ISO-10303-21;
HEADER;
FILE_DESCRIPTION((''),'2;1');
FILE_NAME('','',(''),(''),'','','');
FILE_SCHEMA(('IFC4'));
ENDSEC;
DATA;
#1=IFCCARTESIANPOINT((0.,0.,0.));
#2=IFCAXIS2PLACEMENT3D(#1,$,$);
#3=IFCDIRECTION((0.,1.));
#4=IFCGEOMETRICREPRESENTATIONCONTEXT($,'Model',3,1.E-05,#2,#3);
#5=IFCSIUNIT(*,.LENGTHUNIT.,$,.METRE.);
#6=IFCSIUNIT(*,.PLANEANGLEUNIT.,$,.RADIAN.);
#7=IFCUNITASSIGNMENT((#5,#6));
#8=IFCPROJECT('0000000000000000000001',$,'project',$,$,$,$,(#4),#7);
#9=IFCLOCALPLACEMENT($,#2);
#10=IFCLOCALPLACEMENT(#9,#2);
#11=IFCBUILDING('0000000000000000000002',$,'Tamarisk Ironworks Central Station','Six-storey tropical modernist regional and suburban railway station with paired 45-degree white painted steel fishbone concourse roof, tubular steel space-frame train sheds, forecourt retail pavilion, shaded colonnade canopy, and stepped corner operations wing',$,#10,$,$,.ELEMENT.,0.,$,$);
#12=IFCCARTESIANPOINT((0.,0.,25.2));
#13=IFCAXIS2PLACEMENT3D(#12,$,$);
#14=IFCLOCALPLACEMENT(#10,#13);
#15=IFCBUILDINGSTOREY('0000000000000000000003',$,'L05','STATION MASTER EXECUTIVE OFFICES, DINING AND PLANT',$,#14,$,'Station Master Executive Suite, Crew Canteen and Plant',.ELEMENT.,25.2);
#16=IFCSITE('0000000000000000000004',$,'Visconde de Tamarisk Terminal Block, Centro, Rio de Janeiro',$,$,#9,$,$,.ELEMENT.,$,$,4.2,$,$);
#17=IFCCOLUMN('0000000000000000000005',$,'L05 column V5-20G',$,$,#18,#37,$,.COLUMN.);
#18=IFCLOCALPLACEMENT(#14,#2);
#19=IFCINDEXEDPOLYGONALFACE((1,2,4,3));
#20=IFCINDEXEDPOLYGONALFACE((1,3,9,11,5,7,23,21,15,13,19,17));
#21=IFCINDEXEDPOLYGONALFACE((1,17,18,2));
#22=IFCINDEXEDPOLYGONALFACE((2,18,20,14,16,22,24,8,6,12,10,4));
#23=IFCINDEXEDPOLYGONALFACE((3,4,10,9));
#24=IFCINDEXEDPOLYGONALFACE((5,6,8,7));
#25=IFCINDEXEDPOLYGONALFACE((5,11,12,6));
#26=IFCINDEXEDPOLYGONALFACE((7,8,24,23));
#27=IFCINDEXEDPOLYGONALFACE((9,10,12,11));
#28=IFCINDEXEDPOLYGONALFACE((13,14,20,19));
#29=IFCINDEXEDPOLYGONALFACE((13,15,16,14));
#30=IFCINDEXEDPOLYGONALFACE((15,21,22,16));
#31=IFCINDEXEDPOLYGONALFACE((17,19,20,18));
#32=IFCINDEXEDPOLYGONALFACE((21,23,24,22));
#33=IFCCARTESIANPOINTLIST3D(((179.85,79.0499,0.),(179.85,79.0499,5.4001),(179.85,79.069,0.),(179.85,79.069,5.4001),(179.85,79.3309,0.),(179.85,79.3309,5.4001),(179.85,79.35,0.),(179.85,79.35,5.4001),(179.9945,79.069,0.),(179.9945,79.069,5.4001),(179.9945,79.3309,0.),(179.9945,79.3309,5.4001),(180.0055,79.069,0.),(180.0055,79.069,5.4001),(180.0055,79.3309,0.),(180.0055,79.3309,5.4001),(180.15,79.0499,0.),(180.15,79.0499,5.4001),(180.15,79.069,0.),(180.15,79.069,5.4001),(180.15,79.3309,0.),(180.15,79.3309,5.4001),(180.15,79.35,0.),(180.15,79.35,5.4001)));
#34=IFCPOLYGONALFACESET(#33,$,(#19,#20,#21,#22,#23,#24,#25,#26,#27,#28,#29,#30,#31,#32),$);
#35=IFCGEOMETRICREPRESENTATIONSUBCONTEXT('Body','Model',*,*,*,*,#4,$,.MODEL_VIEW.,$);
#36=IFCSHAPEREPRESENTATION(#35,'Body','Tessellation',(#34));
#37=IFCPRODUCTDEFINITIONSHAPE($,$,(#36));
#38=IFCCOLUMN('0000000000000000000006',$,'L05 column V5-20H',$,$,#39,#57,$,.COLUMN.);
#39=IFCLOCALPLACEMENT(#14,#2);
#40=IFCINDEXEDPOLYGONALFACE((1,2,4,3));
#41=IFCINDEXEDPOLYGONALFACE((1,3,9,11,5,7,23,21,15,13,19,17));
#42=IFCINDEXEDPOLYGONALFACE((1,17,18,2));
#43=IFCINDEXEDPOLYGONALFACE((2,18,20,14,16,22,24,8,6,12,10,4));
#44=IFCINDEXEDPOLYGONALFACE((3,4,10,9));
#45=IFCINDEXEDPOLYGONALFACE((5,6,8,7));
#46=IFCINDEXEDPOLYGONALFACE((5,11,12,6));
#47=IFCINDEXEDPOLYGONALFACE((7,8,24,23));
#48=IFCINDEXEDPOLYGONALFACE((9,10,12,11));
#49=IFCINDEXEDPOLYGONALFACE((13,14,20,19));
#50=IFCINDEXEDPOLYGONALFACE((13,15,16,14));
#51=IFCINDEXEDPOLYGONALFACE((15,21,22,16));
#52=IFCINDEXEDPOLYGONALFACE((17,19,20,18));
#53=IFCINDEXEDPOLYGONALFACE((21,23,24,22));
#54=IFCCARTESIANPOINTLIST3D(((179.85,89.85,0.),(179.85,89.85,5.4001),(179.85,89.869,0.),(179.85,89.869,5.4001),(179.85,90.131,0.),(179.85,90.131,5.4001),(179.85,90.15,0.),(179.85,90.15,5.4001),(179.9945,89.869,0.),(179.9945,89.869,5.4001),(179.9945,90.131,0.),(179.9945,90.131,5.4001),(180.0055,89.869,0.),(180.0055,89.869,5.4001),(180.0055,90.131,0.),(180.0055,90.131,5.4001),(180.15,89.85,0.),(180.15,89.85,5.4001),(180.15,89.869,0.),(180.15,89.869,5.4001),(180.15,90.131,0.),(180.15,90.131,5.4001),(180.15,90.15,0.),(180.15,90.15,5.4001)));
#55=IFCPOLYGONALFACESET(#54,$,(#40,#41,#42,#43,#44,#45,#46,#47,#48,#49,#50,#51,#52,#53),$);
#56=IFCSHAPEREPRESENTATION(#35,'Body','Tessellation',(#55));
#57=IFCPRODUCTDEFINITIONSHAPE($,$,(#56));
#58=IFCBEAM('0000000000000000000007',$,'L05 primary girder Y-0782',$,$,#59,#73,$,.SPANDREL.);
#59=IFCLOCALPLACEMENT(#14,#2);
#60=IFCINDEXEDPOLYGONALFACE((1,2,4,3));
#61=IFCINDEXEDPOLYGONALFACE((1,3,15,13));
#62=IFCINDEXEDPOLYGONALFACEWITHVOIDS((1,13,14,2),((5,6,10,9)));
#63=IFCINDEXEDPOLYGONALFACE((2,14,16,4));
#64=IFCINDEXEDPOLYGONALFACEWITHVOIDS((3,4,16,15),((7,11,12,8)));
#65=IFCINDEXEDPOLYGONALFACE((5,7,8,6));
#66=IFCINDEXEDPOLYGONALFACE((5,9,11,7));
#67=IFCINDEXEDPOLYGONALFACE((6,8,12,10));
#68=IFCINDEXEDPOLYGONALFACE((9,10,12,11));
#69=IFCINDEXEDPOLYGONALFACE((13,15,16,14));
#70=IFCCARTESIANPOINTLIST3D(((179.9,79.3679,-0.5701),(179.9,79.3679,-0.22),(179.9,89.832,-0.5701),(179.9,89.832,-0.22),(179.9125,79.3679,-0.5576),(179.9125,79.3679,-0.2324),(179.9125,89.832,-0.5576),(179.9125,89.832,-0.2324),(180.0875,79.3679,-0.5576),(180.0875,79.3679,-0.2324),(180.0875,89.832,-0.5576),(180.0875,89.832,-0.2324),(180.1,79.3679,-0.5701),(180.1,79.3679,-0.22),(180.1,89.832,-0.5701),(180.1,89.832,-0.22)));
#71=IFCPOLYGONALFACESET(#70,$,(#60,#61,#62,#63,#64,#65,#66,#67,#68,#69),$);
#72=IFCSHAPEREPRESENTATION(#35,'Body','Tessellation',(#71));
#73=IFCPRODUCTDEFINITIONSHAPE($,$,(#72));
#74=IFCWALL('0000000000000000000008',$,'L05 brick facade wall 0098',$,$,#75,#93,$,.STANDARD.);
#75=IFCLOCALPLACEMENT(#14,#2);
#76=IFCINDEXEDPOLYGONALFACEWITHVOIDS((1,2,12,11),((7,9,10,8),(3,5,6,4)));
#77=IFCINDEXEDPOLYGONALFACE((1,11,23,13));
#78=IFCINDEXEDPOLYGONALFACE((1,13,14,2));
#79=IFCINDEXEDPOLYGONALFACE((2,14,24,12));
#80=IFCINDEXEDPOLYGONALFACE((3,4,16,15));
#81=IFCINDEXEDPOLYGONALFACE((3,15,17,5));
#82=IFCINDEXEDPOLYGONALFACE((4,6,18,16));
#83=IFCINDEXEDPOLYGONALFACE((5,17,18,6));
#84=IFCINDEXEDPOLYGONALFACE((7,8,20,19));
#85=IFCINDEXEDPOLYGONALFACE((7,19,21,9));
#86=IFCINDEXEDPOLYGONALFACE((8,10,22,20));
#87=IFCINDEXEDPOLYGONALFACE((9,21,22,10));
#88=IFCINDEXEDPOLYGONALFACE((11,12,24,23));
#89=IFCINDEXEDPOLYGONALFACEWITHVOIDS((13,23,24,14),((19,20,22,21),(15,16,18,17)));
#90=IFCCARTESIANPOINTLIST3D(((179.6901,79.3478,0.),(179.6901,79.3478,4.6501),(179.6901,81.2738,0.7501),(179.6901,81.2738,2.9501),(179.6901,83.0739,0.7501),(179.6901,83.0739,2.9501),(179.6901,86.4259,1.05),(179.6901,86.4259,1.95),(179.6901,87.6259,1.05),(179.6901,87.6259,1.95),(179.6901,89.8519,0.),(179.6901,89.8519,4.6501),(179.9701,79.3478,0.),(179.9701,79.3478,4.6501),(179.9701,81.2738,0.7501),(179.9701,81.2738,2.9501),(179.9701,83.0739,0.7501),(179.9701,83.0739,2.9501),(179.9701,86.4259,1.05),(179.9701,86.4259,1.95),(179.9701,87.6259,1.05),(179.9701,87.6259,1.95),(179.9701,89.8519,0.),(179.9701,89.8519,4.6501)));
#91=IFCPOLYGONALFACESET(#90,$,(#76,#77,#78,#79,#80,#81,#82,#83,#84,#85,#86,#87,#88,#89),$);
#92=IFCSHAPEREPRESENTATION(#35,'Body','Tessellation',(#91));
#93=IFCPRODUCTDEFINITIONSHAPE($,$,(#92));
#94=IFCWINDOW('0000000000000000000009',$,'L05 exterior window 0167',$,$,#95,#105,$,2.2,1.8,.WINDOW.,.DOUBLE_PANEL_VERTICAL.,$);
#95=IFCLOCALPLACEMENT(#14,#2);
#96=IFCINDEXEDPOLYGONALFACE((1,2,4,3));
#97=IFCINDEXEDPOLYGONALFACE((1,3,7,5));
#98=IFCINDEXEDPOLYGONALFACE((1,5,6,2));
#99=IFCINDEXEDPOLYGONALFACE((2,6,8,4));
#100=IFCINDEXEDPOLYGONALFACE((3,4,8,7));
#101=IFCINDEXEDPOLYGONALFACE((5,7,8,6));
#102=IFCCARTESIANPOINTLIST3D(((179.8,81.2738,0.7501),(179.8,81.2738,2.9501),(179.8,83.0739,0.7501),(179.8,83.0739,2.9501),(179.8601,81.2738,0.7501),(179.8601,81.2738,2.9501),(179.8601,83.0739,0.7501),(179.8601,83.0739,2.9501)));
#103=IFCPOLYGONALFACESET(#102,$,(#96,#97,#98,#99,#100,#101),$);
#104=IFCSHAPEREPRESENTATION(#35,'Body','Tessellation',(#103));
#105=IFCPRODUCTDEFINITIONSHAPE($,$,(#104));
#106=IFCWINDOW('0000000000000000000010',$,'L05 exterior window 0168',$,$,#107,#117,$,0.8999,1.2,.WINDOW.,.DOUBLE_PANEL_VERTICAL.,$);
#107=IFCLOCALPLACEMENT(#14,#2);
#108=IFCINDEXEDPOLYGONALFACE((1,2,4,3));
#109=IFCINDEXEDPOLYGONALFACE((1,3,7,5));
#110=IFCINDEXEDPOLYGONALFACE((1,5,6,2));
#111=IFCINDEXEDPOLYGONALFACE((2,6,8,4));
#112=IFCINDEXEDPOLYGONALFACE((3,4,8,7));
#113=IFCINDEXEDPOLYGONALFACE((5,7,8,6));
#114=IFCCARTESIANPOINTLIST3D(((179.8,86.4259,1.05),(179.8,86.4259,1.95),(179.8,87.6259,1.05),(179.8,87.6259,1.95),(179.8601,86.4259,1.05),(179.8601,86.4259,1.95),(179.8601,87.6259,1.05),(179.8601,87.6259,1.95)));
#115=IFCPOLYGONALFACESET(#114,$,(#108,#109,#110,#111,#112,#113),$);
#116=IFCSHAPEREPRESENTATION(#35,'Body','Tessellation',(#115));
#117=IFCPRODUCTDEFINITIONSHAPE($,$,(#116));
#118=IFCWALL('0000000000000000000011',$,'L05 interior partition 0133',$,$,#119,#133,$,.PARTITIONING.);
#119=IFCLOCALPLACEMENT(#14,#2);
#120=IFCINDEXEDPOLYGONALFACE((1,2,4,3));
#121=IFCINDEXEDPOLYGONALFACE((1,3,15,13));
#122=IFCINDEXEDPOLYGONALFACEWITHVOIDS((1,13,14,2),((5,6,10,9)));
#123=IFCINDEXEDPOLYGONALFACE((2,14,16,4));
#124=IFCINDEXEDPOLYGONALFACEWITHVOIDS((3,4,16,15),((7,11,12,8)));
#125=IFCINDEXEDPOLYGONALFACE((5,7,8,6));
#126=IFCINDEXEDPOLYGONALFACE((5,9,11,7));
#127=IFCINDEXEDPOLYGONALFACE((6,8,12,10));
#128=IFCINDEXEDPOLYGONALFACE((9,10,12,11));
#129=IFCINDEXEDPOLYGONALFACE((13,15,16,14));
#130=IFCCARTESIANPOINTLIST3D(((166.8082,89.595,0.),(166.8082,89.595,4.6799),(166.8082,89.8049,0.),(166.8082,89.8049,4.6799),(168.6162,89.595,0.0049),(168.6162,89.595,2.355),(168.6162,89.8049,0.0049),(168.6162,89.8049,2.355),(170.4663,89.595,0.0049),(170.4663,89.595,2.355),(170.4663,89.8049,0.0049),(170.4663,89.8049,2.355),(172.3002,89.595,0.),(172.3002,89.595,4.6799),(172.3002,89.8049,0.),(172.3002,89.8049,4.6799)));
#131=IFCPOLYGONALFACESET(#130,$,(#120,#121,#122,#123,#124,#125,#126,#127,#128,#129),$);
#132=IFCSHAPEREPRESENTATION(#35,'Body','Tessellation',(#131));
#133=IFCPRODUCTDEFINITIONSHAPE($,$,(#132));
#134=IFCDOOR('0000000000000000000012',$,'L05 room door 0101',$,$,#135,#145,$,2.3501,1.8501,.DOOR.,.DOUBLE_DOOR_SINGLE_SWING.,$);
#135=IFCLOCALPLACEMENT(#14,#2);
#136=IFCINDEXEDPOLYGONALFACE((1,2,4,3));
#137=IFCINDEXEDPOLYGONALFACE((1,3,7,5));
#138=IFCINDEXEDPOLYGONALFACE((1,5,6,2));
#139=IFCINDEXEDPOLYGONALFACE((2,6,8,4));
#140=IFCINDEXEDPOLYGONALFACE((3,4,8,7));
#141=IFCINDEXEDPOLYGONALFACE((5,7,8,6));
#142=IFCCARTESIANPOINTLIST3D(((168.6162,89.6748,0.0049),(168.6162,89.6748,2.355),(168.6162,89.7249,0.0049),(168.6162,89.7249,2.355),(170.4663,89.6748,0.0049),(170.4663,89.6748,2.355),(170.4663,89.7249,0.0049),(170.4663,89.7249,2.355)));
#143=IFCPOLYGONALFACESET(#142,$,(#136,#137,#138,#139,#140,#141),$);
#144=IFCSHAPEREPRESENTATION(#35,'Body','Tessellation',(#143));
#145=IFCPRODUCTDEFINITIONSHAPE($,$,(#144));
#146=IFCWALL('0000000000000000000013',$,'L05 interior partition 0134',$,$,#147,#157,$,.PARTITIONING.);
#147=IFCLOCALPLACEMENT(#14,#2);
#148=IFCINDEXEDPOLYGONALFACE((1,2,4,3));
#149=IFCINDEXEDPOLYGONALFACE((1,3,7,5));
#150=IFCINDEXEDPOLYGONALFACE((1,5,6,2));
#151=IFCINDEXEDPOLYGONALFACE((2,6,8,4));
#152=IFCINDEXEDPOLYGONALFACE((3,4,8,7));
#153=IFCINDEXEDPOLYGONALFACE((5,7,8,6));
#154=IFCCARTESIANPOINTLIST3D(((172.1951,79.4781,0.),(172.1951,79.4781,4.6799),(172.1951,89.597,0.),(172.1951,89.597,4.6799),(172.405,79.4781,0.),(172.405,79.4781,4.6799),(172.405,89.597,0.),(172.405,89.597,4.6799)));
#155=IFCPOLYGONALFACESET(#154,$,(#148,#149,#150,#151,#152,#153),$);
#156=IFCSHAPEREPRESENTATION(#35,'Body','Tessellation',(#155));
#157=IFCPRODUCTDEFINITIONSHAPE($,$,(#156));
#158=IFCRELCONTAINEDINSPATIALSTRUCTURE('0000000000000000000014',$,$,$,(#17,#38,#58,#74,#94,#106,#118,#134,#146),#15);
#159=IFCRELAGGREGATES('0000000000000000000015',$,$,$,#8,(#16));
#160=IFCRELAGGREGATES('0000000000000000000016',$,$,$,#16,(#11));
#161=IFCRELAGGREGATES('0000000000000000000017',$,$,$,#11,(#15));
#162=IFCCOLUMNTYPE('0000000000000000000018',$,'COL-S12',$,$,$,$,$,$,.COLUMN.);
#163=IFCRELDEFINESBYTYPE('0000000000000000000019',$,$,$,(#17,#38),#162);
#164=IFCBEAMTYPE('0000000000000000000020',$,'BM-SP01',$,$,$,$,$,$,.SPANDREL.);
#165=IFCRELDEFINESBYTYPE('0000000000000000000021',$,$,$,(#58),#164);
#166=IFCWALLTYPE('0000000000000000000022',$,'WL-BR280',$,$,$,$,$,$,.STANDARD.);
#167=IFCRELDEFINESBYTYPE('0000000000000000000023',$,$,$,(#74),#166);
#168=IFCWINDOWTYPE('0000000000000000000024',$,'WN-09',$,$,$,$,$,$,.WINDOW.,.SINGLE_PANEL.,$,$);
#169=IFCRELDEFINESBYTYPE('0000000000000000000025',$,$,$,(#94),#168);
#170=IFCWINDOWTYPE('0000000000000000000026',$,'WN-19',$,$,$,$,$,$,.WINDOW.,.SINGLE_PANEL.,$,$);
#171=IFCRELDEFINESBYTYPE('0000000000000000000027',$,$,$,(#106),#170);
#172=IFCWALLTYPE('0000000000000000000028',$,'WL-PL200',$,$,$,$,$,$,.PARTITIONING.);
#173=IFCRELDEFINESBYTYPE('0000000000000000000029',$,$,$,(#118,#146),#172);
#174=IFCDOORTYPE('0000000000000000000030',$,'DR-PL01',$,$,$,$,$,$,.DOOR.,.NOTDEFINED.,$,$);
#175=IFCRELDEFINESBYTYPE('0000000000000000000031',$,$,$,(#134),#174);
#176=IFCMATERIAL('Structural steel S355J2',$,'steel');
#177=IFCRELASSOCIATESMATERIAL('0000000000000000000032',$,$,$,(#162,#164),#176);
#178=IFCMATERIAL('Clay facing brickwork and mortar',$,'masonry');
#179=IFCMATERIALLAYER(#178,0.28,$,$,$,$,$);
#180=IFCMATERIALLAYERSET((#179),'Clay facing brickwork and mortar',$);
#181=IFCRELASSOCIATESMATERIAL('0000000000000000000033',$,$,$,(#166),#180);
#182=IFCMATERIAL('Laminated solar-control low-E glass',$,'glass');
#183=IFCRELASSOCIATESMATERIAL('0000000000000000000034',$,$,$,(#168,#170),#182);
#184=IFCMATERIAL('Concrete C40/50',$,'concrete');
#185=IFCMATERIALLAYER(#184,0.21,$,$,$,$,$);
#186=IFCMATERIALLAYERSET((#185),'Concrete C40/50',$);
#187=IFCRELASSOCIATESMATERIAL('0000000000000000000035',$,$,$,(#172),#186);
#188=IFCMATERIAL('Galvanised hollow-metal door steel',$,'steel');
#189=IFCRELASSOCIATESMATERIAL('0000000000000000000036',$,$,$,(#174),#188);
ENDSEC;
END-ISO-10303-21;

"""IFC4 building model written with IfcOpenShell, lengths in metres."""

from ifc_helpers import new_model, si_unit, direction, frame, frame_2d, origin, origin_2d, place, context, subcontext, project, spatial, rectangle, hollow_rectangle, i_section, extrude, material, layer, layer_set, material_profile, profile_set, type_object, element, fill, save


model = new_model("IFC4")

# Units and contexts
model_context = context("Model", 3, precision=1e-05, world=origin(), true_north=direction((0.0, 1.0)))
body_context = subcontext(model_context, "Body", "Model", "MODEL_VIEW")
ifc_project = project(units=[si_unit("LENGTHUNIT", "METRE"), si_unit("PLANEANGLEUNIT", "RADIAN")], contexts=[model_context])

# Site, building, storey
site_placement = place(None, origin())
site = spatial("IfcSite", under=ifc_project, at=site_placement, Name="Visconde de Tamarisk Terminal Block, Centro, Rio de Janeiro", CompositionType="ELEMENT", RefElevation=4.2)
building_placement = place(site_placement, origin())
building = spatial("IfcBuilding", under=site, at=building_placement, Name="Tamarisk Ironworks Central Station", Description="Six-storey tropical modernist regional and suburban railway station with paired 45-degree white painted steel fishbone concourse roof, tubular steel space-frame train sheds, forecourt retail pavilion, shaded colonnade canopy, and stepped corner operations wing", CompositionType="ELEMENT", ElevationOfRefHeight=0.0)
storey_placement = place(building_placement, frame((0.0, 0.0, 25.2)))
storey = spatial("IfcBuildingStorey", under=building, at=storey_placement, Name="L05", Description="STATION MASTER EXECUTIVE OFFICES, DINING AND PLANT", LongName="Station Master Executive Suite, Crew Canteen and Plant", CompositionType="ELEMENT", Elevation=25.2)

# Columns
ifc_material_1 = material(Name="Structural steel S355J2", Category="steel")
ifc_material_profile_1 = material_profile(ifc_material_1, i_section(OverallWidth=0.3, OverallDepth=0.3, WebThickness=0.011, FlangeThickness=0.019, at=origin_2d()), Name="HEB 300")
ifc_profile_set_1 = profile_set([ifc_material_profile_1], Name="Structural steel S355J2")
column_type = type_object("IfcColumnType", Name="COL-S12", PredefinedType="COLUMN", material=ifc_profile_set_1)
for number, where, z_axis, x_axis, name in (
    (1, (180.0, 79.2, 0.0), (0.0, 0.0, 1.0), (1.0, 0.0, 0.0), "L05 column V5-20G"),
    (2, (180.0, 90.0, 0.0), (0.0, 0.0, 1.0), (1.0, 0.0, 0.0), "L05 column V5-20H"),
):
    element("IfcColumn", number, at=place(storey_placement, frame(where, z_axis=z_axis, x_axis=x_axis)), inside=storey, type_object=column_type, Name=name, PredefinedType="COLUMN", context=body_context, shape_type="SweptSolid", body=[
        extrude(i_section(OverallWidth=0.3, OverallDepth=0.3, WebThickness=0.011, FlangeThickness=0.019, at=origin_2d()), origin(), (0.0, 0.0, 1.0), 5.4001),
    ])

# Beam
ifc_material_profile_2 = material_profile(ifc_material_1, hollow_rectangle(XDim=0.2, YDim=0.3501, WallThickness=0.0125, at=origin_2d()), Name="RHS 350x200x12.5")
ifc_profile_set_2 = profile_set([ifc_material_profile_2], Name="Structural steel S355J2")
beam_type = type_object("IfcBeamType", Name="BM-SP01", PredefinedType="SPANDREL", material=ifc_profile_set_2)
beam_placement = place(storey_placement, frame((180.0, 79.3679, -0.395), z_axis=(0.0, 1.0, 0.0), x_axis=(-1.0, 0.0, 0.0)))
element("IfcBeam", 3, at=beam_placement, inside=storey, type_object=beam_type, Name="L05 primary girder Y-0782", PredefinedType="SPANDREL", context=body_context, shape_type="SweptSolid", body=[
    extrude(hollow_rectangle(XDim=0.2, YDim=0.3501, WallThickness=0.0125, at=origin_2d()), origin(), (0.0, 0.0, 1.0), 10.4641),
])

# Wall, openings, windows
ifc_material_2 = material(Name="Clay facing brickwork and mortar", Category="masonry")
ifc_layer_1 = layer(ifc_material_2, 0.28)
ifc_layer_set_1 = layer_set([ifc_layer_1], Name="Clay facing brickwork and mortar")
wall_type_1 = type_object("IfcWallType", Name="WL-BR280", PredefinedType="STANDARD", material=ifc_layer_set_1)
wall_1_placement = place(storey_placement, frame((179.8301, 79.3479, 0.0), z_axis=(0.0, 0.0, 1.0), x_axis=(0.0, 1.0, 0.0)))
wall_1 = element("IfcWall", 4, at=wall_1_placement, inside=storey, type_object=wall_type_1, Name="L05 brick facade wall 0098", PredefinedType="STANDARD", context=body_context, shape_type="SweptSolid", body=[
    extrude(rectangle(XDim=10.5042, YDim=0.28, at=frame_2d((5.252, 0.0))), origin(), (0.0, 0.0, 1.0), 4.6501),
])
opening_1_placement = place(wall_1_placement, frame((1.926, 0.0, 0.75)))
opening_1 = element("IfcOpeningElement", 5, at=opening_1_placement, cuts=wall_1, PredefinedType="OPENING", context=body_context, shape_type="SweptSolid", body=[
    extrude(rectangle(XDim=1.8, YDim=2.2, at=frame_2d((0.8999, 1.1001))), frame((0.0, 0.1519, 0.0), z_axis=(0.0, -1.0, 0.0), x_axis=(1.0, 0.0, 0.0)), (0.0, 0.0, 1.0), 0.304),
])
opening_2_placement = place(wall_1_placement, frame((7.0779, 0.0, 1.05)))
opening_2 = element("IfcOpeningElement", 6, at=opening_2_placement, cuts=wall_1, PredefinedType="OPENING", context=body_context, shape_type="SweptSolid", body=[
    extrude(rectangle(XDim=1.2, YDim=0.8999, at=frame_2d((0.6001, 0.45))), frame((0.0, 0.1519, 0.0), z_axis=(0.0, -1.0, 0.0), x_axis=(1.0, 0.0, 0.0)), (0.0, 0.0, 1.0), 0.304),
])
ifc_material_3 = material(Name="Laminated solar-control low-E glass", Category="glass")
window_type_1 = type_object("IfcWindowType", Name="WN-09", PartitioningType="SINGLE_PANEL", PredefinedType="WINDOW", material=ifc_material_3)
window_1_placement = place(opening_1_placement, origin())
window_1 = element("IfcWindow", 7, at=window_1_placement, inside=storey, type_object=window_type_1, Name="L05 exterior window 0167", OverallHeight=2.2, OverallWidth=1.8, PartitioningType="DOUBLE_PANEL_VERTICAL", PredefinedType="WINDOW", context=body_context, shape_type="SweptSolid", body=[
    extrude(rectangle(XDim=1.8, YDim=2.2, at=frame_2d((0.8999, 1.1001))), frame((0.0, 0.03, 0.0), z_axis=(0.0, -1.0, 0.0), x_axis=(1.0, 0.0, 0.0)), (0.0, 0.0, 1.0), 0.0601),
])
fill(opening_1, window_1)
window_type_2 = type_object("IfcWindowType", Name="WN-19", PartitioningType="SINGLE_PANEL", PredefinedType="WINDOW", material=ifc_material_3)
window_2_placement = place(opening_2_placement, origin())
window_2 = element("IfcWindow", 8, at=window_2_placement, inside=storey, type_object=window_type_2, Name="L05 exterior window 0168", OverallHeight=0.8999, OverallWidth=1.2, PartitioningType="DOUBLE_PANEL_VERTICAL", PredefinedType="WINDOW", context=body_context, shape_type="SweptSolid", body=[
    extrude(rectangle(XDim=1.2, YDim=0.8999, at=frame_2d((0.6001, 0.45))), frame((0.0, 0.03, 0.0), z_axis=(0.0, -1.0, 0.0), x_axis=(1.0, 0.0, 0.0)), (0.0, 0.0, 1.0), 0.0601),
])
fill(opening_2, window_2)

# Wall, opening, door
ifc_material_4 = material(Name="Concrete C40/50", Category="concrete")
ifc_layer_2 = layer(ifc_material_4, 0.21)
ifc_layer_set_2 = layer_set([ifc_layer_2], Name="Concrete C40/50")
wall_type_2 = type_object("IfcWallType", Name="WL-PL200", PredefinedType="PARTITIONING", material=ifc_layer_set_2)
wall_2_placement = place(storey_placement, frame((166.8081, 89.7, 0.0), z_axis=(0.0, 0.0, 1.0), x_axis=(1.0, 0.0, 0.0)))
wall_2 = element("IfcWall", 9, at=wall_2_placement, inside=storey, type_object=wall_type_2, Name="L05 interior partition 0133", PredefinedType="PARTITIONING", context=body_context, shape_type="SweptSolid", body=[
    extrude(rectangle(XDim=5.4919, YDim=0.21, at=frame_2d((2.7461, 0.0))), origin(), (0.0, 0.0, 1.0), 4.6799),
])
opening_3_placement = place(wall_2_placement, frame((1.8081, 0.0, 0.0049)))
opening_3 = element("IfcOpeningElement", 10, at=opening_3_placement, cuts=wall_2, PredefinedType="OPENING", context=body_context, shape_type="SweptSolid", body=[
    extrude(rectangle(XDim=1.8501, YDim=2.3501, at=frame_2d((0.925, 1.175))), frame((0.0, 0.1169, 0.0), z_axis=(0.0, -1.0, 0.0), x_axis=(1.0, 0.0, 0.0)), (0.0, 0.0, 1.0), 0.2339),
])
ifc_material_5 = material(Name="Galvanised hollow-metal door steel", Category="steel")
door_type_1 = type_object("IfcDoorType", Name="DR-PL01", OperationType="NOTDEFINED", PredefinedType="DOOR", material=ifc_material_5)
door_1_placement = place(opening_3_placement, origin())
door_1 = element("IfcDoor", 11, at=door_1_placement, inside=storey, type_object=door_type_1, Name="L05 room door 0101", OperationType="DOUBLE_DOOR_SINGLE_SWING", OverallHeight=2.3501, OverallWidth=1.8501, PredefinedType="DOOR", context=body_context, shape_type="SweptSolid", body=[
    extrude(rectangle(XDim=1.8501, YDim=2.3501, at=frame_2d((0.925, 1.175))), frame((0.0, 0.0249, 0.0), z_axis=(0.0, -1.0, 0.0), x_axis=(1.0, 0.0, 0.0)), (0.0, 0.0, 1.0), 0.05),
])
fill(opening_3, door_1)

# Wall
wall_3_placement = place(storey_placement, frame((172.3, 79.478, 0.0), z_axis=(0.0, 0.0, 1.0), x_axis=(0.0, 1.0, 0.0)))
element("IfcWall", 12, at=wall_3_placement, inside=storey, type_object=wall_type_2, Name="L05 interior partition 0134", PredefinedType="PARTITIONING", context=body_context, shape_type="SweptSolid", body=[
    extrude(rectangle(XDim=10.1189, YDim=0.21, at=frame_2d((5.0596, 0.0))), origin(), (0.0, 0.0, 1.0), 4.6799),
])

save(model, "model.ifc")
